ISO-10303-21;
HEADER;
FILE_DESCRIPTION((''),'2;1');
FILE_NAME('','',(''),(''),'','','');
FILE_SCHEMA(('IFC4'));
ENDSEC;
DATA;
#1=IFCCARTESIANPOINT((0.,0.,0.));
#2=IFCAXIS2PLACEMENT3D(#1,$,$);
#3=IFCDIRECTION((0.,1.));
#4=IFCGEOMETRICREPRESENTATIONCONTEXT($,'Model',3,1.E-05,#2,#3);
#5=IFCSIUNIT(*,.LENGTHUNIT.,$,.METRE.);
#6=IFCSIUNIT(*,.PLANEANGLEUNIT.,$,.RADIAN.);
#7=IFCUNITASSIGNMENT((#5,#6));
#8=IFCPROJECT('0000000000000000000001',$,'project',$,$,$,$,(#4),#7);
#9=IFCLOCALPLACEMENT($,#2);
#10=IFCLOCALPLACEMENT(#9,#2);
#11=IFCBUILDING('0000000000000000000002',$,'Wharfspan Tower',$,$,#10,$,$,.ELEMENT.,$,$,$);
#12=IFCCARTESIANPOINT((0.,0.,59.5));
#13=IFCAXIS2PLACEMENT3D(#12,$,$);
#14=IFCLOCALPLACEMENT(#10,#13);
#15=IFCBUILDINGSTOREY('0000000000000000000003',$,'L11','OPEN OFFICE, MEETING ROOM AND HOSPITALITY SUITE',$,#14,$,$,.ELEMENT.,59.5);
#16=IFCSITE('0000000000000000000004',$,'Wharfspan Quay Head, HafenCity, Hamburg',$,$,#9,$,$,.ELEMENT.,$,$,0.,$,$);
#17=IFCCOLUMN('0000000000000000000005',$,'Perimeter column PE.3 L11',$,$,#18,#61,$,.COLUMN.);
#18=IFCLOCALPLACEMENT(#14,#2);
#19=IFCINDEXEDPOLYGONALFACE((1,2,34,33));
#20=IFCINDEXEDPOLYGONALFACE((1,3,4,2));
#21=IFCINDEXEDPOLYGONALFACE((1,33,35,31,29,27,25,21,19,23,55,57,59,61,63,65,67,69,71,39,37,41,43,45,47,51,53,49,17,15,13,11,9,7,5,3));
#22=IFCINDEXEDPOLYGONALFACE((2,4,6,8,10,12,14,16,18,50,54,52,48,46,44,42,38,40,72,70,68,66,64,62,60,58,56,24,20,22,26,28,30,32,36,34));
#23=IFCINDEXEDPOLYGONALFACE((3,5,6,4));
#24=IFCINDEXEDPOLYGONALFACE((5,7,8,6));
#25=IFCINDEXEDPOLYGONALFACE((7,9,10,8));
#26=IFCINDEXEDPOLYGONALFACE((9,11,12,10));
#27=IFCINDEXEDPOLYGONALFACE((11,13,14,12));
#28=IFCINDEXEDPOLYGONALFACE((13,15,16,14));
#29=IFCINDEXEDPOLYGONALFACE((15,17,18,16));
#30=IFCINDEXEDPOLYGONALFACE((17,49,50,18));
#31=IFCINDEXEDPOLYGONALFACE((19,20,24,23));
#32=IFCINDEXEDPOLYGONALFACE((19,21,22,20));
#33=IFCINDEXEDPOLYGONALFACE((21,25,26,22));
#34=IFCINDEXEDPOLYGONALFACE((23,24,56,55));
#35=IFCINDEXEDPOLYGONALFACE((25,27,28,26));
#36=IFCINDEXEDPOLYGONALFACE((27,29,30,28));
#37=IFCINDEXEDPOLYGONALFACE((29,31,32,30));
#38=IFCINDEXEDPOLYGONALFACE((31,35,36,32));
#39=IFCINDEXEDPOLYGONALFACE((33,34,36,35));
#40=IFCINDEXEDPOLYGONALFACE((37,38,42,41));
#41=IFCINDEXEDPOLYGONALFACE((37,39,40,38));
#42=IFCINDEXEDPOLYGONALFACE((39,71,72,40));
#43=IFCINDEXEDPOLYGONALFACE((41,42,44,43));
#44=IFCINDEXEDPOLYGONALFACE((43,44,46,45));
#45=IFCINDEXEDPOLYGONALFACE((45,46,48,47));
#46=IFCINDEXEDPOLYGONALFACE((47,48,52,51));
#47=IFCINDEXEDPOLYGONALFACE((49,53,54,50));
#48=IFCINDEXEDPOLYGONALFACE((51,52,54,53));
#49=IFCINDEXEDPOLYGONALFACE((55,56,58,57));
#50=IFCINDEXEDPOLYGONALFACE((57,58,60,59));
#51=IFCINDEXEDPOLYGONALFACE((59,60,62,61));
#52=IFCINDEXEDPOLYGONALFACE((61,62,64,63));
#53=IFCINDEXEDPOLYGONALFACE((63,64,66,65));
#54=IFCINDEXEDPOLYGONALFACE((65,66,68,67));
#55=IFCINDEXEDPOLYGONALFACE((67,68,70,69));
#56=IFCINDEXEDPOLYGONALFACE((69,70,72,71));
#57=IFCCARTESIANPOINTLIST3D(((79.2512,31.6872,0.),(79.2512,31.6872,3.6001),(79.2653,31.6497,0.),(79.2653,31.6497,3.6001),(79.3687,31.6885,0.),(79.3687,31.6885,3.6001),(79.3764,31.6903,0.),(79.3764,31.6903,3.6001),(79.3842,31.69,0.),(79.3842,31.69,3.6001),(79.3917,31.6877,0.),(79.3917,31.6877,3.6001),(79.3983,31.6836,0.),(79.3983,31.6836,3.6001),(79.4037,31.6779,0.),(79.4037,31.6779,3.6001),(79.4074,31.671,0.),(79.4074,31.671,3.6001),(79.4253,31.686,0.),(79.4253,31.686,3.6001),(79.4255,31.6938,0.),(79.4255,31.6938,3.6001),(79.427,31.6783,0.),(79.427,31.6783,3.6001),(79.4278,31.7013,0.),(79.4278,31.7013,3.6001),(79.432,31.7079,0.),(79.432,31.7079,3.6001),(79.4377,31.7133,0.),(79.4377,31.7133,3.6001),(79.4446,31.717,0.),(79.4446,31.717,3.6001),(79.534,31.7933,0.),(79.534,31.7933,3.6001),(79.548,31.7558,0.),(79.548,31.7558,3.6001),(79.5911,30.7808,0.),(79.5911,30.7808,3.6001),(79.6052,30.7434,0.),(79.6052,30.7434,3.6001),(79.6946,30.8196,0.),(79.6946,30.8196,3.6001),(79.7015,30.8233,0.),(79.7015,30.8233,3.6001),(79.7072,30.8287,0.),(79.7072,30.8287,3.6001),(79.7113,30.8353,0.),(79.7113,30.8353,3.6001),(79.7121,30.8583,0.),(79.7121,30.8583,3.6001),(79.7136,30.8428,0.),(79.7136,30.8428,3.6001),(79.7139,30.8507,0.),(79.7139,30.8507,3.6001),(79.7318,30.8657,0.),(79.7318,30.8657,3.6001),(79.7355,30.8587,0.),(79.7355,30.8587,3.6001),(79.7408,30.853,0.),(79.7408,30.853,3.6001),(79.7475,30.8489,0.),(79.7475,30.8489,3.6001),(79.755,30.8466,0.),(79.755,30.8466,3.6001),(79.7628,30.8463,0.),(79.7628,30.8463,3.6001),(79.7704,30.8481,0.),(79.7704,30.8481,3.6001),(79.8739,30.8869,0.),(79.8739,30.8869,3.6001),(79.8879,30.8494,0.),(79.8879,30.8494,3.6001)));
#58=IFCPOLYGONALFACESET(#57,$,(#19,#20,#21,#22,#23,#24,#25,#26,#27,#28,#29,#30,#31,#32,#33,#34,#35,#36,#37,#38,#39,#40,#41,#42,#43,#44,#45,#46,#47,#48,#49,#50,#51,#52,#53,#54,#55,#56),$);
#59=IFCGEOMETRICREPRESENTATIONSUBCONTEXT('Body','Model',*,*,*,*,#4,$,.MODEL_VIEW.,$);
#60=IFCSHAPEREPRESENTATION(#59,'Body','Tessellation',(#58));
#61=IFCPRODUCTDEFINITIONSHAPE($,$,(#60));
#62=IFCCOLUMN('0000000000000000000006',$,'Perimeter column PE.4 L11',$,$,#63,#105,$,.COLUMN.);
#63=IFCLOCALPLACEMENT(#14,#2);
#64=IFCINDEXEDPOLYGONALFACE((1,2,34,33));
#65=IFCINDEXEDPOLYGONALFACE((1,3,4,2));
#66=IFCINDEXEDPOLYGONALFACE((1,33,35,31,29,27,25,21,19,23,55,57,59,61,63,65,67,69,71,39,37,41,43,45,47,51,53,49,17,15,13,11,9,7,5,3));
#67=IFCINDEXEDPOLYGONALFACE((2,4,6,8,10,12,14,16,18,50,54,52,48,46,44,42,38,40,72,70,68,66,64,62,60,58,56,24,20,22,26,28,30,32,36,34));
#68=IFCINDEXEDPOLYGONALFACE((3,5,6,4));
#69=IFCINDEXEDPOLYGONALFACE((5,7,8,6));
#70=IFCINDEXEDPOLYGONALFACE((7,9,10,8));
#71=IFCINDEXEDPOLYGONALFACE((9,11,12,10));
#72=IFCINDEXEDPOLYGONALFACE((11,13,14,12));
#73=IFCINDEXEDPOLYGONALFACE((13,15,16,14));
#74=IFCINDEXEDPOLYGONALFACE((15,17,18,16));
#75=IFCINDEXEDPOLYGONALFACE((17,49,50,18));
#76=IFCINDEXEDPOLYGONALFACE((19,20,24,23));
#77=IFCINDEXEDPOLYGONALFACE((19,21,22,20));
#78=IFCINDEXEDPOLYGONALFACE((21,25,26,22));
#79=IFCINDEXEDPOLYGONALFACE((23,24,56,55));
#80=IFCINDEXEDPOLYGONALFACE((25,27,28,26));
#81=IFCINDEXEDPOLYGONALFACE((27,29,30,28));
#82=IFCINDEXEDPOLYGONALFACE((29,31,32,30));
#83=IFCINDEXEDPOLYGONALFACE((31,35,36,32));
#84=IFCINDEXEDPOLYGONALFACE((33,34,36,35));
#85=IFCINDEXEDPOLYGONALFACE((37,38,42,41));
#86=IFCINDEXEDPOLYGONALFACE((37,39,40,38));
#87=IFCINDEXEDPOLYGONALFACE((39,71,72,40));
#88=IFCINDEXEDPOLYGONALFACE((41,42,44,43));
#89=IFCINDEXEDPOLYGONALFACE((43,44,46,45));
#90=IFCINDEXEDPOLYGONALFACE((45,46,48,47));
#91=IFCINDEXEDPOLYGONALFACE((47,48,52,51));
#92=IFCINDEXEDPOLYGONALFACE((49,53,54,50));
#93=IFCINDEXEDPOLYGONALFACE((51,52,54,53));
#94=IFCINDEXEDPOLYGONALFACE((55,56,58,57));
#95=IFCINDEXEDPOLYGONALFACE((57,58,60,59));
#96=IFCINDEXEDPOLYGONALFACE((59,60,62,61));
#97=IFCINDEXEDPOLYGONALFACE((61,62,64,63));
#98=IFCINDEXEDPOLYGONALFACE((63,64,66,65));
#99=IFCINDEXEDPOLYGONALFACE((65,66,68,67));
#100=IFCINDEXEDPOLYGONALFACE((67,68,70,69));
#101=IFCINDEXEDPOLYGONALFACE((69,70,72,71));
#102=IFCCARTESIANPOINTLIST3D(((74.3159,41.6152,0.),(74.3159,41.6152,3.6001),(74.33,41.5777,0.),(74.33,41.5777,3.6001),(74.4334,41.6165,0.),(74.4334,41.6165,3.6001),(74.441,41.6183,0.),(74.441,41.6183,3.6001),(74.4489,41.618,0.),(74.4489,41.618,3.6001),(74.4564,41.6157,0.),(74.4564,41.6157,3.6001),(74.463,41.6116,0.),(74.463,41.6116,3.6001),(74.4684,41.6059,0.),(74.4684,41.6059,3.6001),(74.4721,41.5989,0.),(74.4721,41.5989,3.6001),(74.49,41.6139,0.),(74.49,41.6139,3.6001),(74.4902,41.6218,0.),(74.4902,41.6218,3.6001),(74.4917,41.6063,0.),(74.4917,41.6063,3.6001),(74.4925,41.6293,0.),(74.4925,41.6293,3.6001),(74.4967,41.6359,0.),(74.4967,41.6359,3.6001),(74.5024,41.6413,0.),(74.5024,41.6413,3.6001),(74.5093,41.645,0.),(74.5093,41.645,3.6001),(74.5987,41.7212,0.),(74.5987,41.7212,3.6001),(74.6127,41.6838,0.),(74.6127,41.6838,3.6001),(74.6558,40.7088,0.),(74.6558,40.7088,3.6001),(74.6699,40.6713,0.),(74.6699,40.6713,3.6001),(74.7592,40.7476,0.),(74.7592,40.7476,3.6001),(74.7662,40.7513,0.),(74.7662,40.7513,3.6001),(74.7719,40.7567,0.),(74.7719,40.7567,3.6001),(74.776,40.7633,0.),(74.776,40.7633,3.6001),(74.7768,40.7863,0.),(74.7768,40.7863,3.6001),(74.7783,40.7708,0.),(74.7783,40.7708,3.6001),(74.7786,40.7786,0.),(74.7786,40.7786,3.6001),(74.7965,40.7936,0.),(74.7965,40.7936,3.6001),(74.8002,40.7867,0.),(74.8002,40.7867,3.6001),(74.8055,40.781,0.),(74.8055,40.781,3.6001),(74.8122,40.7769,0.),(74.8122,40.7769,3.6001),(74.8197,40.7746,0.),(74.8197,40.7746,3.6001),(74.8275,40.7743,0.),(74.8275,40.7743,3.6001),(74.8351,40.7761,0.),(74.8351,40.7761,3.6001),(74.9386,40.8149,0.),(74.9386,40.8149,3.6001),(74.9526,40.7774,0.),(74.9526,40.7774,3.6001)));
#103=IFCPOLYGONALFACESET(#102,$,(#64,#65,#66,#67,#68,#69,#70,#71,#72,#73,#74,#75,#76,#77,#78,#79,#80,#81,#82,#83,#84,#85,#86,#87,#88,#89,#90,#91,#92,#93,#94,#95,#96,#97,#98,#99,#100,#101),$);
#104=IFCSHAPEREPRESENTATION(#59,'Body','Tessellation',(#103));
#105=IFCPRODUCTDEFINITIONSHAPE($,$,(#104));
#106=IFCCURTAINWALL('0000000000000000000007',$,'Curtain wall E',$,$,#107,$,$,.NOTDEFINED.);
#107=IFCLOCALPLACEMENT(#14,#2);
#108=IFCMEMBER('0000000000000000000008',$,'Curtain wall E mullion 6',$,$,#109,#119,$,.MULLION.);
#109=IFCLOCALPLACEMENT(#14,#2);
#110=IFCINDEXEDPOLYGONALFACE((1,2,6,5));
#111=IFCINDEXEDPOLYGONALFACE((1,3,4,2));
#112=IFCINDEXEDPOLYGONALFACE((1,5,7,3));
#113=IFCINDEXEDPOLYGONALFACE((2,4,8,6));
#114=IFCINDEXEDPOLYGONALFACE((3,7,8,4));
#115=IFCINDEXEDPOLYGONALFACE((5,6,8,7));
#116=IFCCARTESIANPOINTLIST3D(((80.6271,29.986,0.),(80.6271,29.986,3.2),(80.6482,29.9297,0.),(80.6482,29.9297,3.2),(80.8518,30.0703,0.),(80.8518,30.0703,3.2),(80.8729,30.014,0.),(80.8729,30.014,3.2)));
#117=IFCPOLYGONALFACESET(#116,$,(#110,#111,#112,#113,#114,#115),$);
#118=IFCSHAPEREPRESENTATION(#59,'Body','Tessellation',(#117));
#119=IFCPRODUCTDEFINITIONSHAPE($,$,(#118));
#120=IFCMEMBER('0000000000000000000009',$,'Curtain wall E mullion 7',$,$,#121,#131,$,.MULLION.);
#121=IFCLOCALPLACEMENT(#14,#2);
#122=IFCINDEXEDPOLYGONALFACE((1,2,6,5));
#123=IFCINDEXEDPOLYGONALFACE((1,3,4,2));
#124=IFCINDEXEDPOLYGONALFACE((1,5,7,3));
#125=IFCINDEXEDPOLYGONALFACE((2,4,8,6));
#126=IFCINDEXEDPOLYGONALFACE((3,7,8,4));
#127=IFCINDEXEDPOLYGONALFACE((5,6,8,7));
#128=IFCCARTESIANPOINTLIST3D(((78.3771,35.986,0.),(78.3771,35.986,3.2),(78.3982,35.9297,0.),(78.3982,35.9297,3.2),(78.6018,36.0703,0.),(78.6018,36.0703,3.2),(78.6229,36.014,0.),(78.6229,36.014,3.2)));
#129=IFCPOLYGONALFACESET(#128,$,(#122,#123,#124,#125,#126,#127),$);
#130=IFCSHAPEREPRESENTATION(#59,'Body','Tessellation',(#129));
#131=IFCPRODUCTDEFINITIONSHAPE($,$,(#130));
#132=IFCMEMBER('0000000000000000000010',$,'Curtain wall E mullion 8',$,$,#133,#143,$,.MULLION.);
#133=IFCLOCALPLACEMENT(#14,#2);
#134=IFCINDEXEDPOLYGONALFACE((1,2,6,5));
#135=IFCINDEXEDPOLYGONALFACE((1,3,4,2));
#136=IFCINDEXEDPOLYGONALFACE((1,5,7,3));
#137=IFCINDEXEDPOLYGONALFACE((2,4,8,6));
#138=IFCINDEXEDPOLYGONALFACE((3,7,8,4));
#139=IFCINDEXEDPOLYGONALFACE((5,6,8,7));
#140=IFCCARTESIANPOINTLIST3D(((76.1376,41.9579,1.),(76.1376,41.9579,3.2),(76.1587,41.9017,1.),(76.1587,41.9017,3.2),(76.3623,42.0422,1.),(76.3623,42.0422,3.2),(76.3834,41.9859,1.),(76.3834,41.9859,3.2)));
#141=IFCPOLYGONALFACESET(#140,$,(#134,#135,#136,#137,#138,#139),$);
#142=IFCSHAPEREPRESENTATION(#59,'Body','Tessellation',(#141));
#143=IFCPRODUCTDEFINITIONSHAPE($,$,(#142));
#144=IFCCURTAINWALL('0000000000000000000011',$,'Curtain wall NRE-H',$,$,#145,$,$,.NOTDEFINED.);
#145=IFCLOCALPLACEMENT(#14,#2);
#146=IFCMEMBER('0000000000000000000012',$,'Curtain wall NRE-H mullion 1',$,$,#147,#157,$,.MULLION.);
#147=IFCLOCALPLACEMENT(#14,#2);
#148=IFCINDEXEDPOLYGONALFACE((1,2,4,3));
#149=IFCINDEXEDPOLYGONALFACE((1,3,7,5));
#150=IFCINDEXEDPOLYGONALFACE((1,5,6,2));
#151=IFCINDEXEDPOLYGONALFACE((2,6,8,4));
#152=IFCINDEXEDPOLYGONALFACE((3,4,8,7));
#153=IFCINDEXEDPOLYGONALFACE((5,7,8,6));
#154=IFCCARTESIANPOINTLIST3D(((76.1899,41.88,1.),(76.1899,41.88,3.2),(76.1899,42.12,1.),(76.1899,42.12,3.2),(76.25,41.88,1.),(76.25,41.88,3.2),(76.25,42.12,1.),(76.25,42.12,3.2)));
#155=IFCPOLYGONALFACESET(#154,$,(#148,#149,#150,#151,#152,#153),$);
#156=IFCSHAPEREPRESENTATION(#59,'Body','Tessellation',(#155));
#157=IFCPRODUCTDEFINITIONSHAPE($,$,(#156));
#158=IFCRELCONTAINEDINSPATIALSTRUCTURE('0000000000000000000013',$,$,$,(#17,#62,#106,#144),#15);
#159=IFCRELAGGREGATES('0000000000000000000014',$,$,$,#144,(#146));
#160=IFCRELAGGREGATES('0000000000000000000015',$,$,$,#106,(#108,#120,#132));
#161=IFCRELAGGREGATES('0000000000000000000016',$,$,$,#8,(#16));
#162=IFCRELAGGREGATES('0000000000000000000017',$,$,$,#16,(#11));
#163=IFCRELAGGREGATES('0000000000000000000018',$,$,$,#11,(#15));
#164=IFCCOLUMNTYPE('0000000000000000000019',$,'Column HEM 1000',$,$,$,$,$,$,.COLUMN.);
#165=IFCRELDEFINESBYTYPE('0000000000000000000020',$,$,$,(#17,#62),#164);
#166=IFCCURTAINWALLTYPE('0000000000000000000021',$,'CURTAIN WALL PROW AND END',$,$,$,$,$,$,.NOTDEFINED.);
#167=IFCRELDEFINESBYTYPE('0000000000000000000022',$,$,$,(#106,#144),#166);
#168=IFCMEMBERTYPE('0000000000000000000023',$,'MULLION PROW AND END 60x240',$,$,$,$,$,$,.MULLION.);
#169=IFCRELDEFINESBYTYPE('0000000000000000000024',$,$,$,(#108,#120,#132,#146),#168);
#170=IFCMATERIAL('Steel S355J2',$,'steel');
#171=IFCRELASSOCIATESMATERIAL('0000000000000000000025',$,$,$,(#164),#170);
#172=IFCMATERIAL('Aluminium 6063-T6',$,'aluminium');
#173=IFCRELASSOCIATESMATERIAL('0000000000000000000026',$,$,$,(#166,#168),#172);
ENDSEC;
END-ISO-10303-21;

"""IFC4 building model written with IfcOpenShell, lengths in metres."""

from ifc_helpers import new_model, si_unit, direction, frame, origin, origin_2d, place, context, subcontext, project, spatial, rectangle, i_section, extrude, material, material_profile, profile_set, type_object, element, aggregate, save


model = new_model("IFC4")

# Units and contexts
model_context = context("Model", 3, precision=1e-05, world=origin(), true_north=direction((0.0, 1.0)))
body_context = subcontext(model_context, "Body", "Model", "MODEL_VIEW")
ifc_project = project(units=[si_unit("LENGTHUNIT", "METRE"), si_unit("PLANEANGLEUNIT", "RADIAN")], contexts=[model_context])

# Site, building, storey
site_placement = place(None, origin())
site = spatial("IfcSite", under=ifc_project, at=site_placement, Name="Wharfspan Quay Head, HafenCity, Hamburg", CompositionType="ELEMENT", RefElevation=0.0)
building_placement = place(site_placement, origin())
building = spatial("IfcBuilding", under=site, at=building_placement, Name="Wharfspan Tower", CompositionType="ELEMENT")
storey_placement = place(building_placement, frame((0.0, 0.0, 59.5)))
storey = spatial("IfcBuildingStorey", under=building, at=storey_placement, Name="L11", Description="OPEN OFFICE, MEETING ROOM AND HOSPITALITY SUITE", CompositionType="ELEMENT", Elevation=59.5)

# Columns
ifc_material_1 = material(Name="Steel S355J2", Category="steel")
ifc_material_profile_1 = material_profile(ifc_material_1, i_section(OverallWidth=0.302, OverallDepth=1.0081, WebThickness=0.021, FlangeThickness=0.04, FilletRadius=0.03, at=origin_2d()))
ifc_profile_set_1 = profile_set([ifc_material_profile_1], Name="Steel S355J2")
column_type = type_object("IfcColumnType", Name="Column HEM 1000", PredefinedType="COLUMN", material=ifc_profile_set_1)
for number, where, z_axis, x_axis, name in (
    (1, (79.5696, 31.2683, 0.0), (0.0, 0.0, 1.0), (0.936328, 0.351123, 0.0), "Perimeter column PE.3 L11"),
    (2, (74.6343, 41.1963, 0.0), (0.0, 0.0, 1.0), (0.936328, 0.351123, 0.0), "Perimeter column PE.4 L11"),
):
    element("IfcColumn", number, at=place(storey_placement, frame(where, z_axis=z_axis, x_axis=x_axis)), inside=storey, type_object=column_type, Name=name, PredefinedType="COLUMN", context=body_context, shape_type="SweptSolid", body=[
        extrude(i_section(OverallWidth=0.302, OverallDepth=1.0081, WebThickness=0.021, FlangeThickness=0.04, FilletRadius=0.03, at=origin_2d()), origin(), (0.0, 0.0, 1.0), 3.6001),
    ])

# Curtain wall, members
ifc_material_2 = material(Name="Aluminium 6063-T6", Category="aluminium")
curtain_wall_type = type_object("IfcCurtainWallType", Name="CURTAIN WALL PROW AND END", PredefinedType="NOTDEFINED", material=ifc_material_2)
curtain_wall_1_placement = place(storey_placement, origin())
curtain_wall_1 = element("IfcCurtainWall", 3, at=curtain_wall_1_placement, inside=storey, type_object=curtain_wall_type, Name="Curtain wall E", PredefinedType="NOTDEFINED")
ifc_material_profile_2 = material_profile(ifc_material_2, rectangle(XDim=0.24, YDim=0.0601, at=origin_2d()))
ifc_profile_set_2 = profile_set([ifc_material_profile_2], Name="Aluminium 6063-T6")
member_type_1 = type_object("IfcMemberType", Name="MULLION PROW AND END 60x240", PredefinedType="MULLION", material=ifc_profile_set_2)
member_1_placement = place(storey_placement, frame((80.75, 30.0, 0.0), z_axis=(0.0, 0.0, 1.0), x_axis=(-0.936328, -0.351123, 0.0)))
member_1 = element("IfcMember", 4, at=member_1_placement, type_object=member_type_1, Name="Curtain wall E mullion 6", PredefinedType="MULLION", context=body_context, shape_type="SweptSolid", body=[
    extrude(rectangle(XDim=0.24, YDim=0.0601, at=origin_2d()), origin(), (0.0, 0.0, 1.0), 3.2),
])
member_2_placement = place(storey_placement, frame((78.5, 36.0, 0.0), z_axis=(0.0, 0.0, 1.0), x_axis=(-0.936328, -0.351123, 0.0)))
member_2 = element("IfcMember", 5, at=member_2_placement, type_object=member_type_1, Name="Curtain wall E mullion 7", PredefinedType="MULLION", context=body_context, shape_type="SweptSolid", body=[
    extrude(rectangle(XDim=0.24, YDim=0.0601, at=origin_2d()), origin(), (0.0, 0.0, 1.0), 3.2),
])
member_3_placement = place(storey_placement, frame((76.2605, 41.9719, 1.0), z_axis=(0.0, 0.0, 1.0), x_axis=(-0.936328, -0.351123, 0.0)))
member_3 = element("IfcMember", 6, at=member_3_placement, type_object=member_type_1, Name="Curtain wall E mullion 8", PredefinedType="MULLION", context=body_context, shape_type="SweptSolid", body=[
    extrude(rectangle(XDim=0.24, YDim=0.0601, at=origin_2d()), origin(), (0.0, 0.0, 1.0), 2.2),
])

# Curtain wall, member
curtain_wall_2_placement = place(storey_placement, origin())
curtain_wall_2 = element("IfcCurtainWall", 7, at=curtain_wall_2_placement, inside=storey, type_object=curtain_wall_type, Name="Curtain wall NRE-H", PredefinedType="NOTDEFINED")
member_4_placement = place(storey_placement, frame((76.22, 42.0, 1.0), z_axis=(0.0, 0.0, 1.0), x_axis=(0.0, -1.0, 0.0)))
member_4 = element("IfcMember", 8, at=member_4_placement, type_object=member_type_1, Name="Curtain wall NRE-H mullion 1", PredefinedType="MULLION", context=body_context, shape_type="SweptSolid", body=[
    extrude(rectangle(XDim=0.24, YDim=0.0601, at=origin_2d()), origin(), (0.0, 0.0, 1.0), 2.2),
])

aggregate(curtain_wall_2, [member_4])
aggregate(curtain_wall_1, [member_1, member_2, member_3])

save(model, "model.ifc")
